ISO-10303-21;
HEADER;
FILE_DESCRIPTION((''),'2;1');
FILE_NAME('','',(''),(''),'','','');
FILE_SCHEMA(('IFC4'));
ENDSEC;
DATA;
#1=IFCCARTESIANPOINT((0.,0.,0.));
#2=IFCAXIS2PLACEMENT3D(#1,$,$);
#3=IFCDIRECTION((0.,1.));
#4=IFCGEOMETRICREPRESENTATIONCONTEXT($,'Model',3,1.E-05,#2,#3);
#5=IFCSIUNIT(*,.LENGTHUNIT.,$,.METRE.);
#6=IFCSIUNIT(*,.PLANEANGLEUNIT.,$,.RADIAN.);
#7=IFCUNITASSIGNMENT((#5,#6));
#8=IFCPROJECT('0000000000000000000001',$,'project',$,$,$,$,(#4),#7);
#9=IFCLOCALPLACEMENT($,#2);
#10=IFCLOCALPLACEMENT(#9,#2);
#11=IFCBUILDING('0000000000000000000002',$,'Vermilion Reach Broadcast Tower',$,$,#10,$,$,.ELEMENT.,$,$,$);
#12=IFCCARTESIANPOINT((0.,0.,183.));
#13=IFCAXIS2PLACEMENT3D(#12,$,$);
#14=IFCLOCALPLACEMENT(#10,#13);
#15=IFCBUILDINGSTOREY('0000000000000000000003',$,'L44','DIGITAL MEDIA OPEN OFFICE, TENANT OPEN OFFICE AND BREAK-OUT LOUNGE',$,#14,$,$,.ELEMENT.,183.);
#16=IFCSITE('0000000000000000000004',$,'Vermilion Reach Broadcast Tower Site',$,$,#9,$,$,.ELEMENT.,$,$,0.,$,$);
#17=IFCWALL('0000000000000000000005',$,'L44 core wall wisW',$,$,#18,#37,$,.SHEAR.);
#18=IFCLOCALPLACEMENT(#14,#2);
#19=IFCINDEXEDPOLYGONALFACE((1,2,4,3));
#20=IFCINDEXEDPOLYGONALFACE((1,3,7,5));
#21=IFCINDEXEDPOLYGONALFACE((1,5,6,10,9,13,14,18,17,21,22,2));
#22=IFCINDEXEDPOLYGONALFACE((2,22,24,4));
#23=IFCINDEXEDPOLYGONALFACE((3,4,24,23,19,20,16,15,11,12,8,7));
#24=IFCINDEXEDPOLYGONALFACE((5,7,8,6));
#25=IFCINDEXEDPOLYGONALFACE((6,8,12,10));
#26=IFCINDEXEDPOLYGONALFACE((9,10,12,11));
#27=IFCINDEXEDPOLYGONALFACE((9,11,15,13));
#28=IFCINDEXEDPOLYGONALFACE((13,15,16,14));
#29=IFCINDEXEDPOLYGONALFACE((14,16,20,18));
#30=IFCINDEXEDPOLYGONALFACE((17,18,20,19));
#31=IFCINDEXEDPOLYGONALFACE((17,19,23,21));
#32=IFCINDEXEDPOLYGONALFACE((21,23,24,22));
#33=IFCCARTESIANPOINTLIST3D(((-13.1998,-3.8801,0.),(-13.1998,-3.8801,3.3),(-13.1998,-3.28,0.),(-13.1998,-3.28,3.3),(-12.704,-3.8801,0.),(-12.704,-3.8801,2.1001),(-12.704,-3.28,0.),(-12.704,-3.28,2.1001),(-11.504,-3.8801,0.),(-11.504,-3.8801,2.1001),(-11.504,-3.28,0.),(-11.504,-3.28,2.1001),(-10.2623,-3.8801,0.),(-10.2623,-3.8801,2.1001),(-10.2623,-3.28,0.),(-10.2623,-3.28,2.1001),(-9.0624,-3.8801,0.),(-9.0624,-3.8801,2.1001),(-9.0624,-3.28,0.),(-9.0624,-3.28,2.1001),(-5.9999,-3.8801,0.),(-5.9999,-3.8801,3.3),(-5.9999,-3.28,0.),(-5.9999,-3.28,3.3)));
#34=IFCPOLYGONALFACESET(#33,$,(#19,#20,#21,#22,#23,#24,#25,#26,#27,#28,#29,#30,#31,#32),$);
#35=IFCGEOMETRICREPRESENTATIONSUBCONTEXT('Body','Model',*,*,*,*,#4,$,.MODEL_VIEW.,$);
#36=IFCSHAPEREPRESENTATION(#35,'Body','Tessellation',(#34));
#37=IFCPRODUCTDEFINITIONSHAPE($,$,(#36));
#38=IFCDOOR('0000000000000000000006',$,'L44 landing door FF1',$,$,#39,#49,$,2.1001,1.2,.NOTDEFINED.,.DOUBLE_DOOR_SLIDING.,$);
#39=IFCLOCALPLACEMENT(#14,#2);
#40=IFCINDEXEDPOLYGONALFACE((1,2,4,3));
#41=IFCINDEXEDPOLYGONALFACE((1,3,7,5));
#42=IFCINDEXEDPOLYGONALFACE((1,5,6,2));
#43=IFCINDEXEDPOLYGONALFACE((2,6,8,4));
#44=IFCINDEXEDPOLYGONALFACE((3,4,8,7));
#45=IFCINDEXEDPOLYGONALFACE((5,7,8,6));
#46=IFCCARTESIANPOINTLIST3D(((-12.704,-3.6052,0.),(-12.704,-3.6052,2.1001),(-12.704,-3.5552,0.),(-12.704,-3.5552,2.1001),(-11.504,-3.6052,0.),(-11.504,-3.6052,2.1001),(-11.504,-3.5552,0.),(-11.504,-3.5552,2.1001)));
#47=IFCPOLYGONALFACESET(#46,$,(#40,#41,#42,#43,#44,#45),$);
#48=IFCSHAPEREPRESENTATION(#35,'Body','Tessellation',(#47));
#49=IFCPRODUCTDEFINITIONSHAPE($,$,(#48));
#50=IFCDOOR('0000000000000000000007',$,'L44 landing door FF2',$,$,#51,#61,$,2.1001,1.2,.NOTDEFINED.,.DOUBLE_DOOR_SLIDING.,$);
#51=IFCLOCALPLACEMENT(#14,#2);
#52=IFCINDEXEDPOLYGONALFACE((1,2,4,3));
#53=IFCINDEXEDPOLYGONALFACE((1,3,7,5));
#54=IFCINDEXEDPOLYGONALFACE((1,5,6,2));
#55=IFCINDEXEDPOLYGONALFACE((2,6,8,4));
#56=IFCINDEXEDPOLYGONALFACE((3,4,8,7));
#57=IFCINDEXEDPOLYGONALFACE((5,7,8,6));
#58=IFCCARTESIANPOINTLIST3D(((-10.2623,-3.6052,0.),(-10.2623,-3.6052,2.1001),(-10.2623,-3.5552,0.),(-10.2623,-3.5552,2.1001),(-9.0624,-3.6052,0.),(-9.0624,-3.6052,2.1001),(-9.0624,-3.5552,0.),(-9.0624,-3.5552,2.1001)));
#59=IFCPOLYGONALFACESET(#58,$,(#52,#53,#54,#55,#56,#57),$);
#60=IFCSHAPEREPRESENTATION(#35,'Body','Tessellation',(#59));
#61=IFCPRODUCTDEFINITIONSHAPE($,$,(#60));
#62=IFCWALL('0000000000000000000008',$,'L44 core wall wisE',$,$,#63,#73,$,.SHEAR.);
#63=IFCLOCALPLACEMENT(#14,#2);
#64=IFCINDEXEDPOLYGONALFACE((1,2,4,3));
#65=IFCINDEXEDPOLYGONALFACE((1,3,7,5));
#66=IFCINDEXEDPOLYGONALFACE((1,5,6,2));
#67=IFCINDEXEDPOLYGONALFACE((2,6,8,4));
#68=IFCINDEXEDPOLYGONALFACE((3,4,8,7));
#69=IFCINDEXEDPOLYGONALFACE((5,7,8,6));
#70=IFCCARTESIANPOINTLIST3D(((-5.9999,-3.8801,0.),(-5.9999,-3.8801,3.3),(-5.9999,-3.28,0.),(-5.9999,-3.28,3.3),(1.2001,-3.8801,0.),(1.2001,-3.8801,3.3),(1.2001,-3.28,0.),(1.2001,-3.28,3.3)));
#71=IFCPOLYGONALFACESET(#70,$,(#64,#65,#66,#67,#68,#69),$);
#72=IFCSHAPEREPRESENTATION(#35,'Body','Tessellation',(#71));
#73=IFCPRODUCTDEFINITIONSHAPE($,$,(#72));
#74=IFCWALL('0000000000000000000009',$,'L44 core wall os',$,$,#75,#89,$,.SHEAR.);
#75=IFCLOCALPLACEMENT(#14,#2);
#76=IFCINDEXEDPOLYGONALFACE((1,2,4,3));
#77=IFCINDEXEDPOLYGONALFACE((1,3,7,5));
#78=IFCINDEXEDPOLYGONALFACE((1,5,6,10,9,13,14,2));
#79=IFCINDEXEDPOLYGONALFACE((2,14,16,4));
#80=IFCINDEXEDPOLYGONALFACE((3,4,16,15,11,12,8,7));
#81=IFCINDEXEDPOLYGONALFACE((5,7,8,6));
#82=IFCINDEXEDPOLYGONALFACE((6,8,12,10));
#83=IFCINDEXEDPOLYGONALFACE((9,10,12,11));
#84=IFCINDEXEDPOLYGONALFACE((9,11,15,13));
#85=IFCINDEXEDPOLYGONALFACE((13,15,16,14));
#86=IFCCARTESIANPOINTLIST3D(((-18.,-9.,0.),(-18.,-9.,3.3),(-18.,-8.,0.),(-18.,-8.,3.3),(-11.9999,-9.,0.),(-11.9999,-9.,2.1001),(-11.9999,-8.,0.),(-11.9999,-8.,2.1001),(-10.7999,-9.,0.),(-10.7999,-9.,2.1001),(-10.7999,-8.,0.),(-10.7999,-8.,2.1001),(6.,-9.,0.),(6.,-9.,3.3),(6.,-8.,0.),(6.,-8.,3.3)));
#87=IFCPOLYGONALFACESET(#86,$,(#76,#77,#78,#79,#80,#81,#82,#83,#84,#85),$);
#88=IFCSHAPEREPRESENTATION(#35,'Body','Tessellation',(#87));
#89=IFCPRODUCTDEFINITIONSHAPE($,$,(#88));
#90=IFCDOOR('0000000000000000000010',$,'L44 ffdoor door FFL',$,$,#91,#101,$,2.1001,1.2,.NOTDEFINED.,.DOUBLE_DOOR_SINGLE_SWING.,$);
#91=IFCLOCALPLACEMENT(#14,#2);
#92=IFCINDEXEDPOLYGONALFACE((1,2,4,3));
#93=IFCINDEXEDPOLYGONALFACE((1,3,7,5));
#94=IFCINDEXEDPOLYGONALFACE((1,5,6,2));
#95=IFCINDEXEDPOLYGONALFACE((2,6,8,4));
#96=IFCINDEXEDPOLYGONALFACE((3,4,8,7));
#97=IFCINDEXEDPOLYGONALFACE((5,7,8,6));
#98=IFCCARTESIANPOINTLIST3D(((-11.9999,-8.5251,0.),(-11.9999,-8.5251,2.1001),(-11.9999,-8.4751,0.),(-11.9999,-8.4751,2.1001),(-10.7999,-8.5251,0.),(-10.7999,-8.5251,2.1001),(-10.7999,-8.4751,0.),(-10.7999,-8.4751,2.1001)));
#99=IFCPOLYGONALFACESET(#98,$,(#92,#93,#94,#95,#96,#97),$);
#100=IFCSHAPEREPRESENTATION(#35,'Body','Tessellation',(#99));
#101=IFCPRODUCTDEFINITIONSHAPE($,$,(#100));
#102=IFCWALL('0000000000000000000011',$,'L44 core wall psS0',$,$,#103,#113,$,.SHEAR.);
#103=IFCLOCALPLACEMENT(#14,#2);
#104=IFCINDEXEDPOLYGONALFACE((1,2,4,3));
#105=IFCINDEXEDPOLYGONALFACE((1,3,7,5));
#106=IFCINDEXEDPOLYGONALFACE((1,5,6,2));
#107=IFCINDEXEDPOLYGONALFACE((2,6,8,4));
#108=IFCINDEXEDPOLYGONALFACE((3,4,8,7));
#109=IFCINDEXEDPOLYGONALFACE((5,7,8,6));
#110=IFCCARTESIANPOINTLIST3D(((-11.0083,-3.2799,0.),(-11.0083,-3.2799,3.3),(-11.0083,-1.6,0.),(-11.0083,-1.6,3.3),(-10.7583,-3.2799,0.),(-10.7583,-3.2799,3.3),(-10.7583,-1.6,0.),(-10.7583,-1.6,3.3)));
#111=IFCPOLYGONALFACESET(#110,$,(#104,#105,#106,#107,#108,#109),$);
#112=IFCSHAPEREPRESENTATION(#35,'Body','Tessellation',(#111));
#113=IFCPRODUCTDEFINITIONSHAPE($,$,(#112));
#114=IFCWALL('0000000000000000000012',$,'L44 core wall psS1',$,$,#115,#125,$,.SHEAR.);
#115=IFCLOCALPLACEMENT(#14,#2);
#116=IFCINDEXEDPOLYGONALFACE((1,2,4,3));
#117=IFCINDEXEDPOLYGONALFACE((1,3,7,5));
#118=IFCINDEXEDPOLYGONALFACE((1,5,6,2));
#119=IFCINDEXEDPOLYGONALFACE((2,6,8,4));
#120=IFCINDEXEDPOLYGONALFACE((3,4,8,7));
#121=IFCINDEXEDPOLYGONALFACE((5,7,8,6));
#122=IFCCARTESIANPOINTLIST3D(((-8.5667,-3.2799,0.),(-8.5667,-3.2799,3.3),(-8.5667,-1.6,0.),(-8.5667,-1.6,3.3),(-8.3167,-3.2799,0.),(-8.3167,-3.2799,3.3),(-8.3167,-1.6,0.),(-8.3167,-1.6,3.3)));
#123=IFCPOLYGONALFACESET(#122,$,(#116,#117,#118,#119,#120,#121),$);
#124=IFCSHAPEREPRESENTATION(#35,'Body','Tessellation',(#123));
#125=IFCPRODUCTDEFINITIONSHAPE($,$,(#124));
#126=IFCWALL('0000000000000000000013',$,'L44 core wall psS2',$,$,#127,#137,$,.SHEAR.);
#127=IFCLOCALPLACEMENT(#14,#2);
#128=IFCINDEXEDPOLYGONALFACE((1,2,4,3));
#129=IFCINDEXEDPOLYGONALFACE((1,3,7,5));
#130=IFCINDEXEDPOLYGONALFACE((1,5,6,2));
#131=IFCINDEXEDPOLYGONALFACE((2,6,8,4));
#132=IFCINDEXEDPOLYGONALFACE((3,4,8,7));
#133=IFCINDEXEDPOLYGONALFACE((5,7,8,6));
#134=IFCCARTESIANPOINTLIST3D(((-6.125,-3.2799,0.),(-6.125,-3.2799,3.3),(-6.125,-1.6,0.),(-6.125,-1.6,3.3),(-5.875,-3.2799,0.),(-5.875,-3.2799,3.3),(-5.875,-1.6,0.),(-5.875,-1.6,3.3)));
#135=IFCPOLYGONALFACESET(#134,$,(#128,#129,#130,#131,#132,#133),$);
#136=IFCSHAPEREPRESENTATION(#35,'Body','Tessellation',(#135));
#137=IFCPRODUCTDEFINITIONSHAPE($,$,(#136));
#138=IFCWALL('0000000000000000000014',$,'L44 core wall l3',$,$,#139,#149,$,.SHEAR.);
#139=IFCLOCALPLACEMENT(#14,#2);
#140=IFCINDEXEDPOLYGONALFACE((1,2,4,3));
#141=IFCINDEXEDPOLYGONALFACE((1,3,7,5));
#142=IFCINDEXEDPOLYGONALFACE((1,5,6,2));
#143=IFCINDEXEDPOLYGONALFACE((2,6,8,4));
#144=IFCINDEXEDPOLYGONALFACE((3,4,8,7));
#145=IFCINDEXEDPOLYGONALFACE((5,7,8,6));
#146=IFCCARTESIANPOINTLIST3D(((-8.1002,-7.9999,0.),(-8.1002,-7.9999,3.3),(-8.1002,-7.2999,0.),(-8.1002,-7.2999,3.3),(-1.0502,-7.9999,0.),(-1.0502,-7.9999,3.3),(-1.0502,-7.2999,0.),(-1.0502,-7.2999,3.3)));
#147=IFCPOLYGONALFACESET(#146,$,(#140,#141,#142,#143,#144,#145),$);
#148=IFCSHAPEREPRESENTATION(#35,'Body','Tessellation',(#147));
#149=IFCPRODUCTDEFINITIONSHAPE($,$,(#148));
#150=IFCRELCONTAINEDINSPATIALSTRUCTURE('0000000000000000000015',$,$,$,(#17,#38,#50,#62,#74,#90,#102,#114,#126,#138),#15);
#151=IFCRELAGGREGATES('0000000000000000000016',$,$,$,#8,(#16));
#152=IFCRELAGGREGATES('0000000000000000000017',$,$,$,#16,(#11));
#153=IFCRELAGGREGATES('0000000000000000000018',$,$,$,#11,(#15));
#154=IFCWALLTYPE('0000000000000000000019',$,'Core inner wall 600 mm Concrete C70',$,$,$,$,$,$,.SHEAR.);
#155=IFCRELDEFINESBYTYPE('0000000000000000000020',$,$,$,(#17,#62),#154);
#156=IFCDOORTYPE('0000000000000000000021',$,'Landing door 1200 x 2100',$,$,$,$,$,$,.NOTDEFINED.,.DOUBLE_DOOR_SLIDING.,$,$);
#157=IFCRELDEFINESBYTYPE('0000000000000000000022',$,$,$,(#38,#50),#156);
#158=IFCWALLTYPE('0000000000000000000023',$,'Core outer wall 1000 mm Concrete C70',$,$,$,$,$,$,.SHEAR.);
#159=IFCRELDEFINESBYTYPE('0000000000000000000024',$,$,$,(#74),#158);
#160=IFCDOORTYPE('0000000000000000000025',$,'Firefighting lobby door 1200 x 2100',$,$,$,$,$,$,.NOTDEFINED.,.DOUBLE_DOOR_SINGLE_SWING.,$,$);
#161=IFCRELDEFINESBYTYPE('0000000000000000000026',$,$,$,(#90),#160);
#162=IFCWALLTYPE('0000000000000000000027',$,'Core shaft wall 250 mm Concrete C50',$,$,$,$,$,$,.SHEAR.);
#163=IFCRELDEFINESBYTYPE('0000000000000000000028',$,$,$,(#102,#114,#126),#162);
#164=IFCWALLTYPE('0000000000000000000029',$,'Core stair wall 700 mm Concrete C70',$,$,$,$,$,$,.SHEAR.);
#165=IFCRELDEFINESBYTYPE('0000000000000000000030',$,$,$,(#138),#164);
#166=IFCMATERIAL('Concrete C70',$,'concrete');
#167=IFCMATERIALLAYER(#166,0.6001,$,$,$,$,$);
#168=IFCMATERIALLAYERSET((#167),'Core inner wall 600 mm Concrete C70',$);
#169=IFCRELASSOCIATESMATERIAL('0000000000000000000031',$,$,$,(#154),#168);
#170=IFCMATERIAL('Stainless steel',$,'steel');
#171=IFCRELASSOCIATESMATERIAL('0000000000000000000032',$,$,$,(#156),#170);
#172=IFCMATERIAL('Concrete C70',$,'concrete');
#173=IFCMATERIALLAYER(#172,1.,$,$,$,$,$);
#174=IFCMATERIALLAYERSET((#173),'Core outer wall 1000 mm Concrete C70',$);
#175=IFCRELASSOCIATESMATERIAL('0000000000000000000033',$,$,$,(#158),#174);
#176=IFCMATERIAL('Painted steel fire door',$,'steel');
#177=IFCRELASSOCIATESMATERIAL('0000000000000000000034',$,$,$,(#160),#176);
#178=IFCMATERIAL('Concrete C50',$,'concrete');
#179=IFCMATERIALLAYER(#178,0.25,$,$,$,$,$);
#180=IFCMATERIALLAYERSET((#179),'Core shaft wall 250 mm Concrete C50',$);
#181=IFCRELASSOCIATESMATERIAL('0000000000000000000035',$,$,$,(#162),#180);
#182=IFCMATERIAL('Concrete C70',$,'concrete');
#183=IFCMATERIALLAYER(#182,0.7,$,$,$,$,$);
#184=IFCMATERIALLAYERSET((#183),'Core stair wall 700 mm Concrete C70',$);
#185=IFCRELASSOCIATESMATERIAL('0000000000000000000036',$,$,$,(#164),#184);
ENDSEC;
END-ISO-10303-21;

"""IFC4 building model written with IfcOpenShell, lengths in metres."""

from ifc_helpers import new_model, si_unit, direction, frame, frame_2d, origin, place, context, subcontext, project, spatial, rectangle, extrude, material, layer, layer_set, type_object, element, fill, save


model = new_model("IFC4")

# Units and contexts
model_context = context("Model", 3, precision=1e-05, world=origin(), true_north=direction((0.0, 1.0)))
body_context = subcontext(model_context, "Body", "Model", "MODEL_VIEW")
ifc_project = project(units=[si_unit("LENGTHUNIT", "METRE"), si_unit("PLANEANGLEUNIT", "RADIAN")], contexts=[model_context])

# Site, building, storey
site_placement = place(None, origin())
site = spatial("IfcSite", under=ifc_project, at=site_placement, Name="Vermilion Reach Broadcast Tower Site", CompositionType="ELEMENT", RefElevation=0.0)
building_placement = place(site_placement, origin())
building = spatial("IfcBuilding", under=site, at=building_placement, Name="Vermilion Reach Broadcast Tower", CompositionType="ELEMENT")
storey_placement = place(building_placement, frame((0.0, 0.0, 183.0)))
storey = spatial("IfcBuildingStorey", under=building, at=storey_placement, Name="L44", Description="DIGITAL MEDIA OPEN OFFICE, TENANT OPEN OFFICE AND BREAK-OUT LOUNGE", CompositionType="ELEMENT", Elevation=183.0)

# Wall, openings, doors
ifc_material_1 = material(Name="Concrete C70", Category="concrete")
ifc_layer_1 = layer(ifc_material_1, 0.6001)
ifc_layer_set_1 = layer_set([ifc_layer_1], Name="Core inner wall 600 mm Concrete C70")
wall_type_1 = type_object("IfcWallType", Name="Core inner wall 600 mm Concrete C70", PredefinedType="SHEAR", material=ifc_layer_set_1)
wall_1_placement = place(storey_placement, frame((-13.2, -3.5801, 0.0), z_axis=(0.0, 0.0, 1.0), x_axis=(1.0, 0.0, 0.0)))
wall_1 = element("IfcWall", 1, at=wall_1_placement, inside=storey, type_object=wall_type_1, Name="L44 core wall wisW", PredefinedType="SHEAR", context=body_context, shape_type="SweptSolid", body=[
    extrude(rectangle(XDim=7.2, YDim=0.6001, at=frame_2d((3.6001, 0.0))), origin(), (0.0, 0.0, 1.0), 3.3),
])
opening_1_placement = place(wall_1_placement, frame((0.4958, 0.0, 0.0)))
opening_1 = element("IfcOpeningElement", 2, at=opening_1_placement, cuts=wall_1, PredefinedType="OPENING", context=body_context, shape_type="SweptSolid", body=[
    extrude(rectangle(XDim=1.2, YDim=2.1001, at=frame_2d((0.6001, 1.05))), frame((0.0, 0.3101, 0.0), z_axis=(0.0, -1.0, 0.0), x_axis=(1.0, 0.0, 0.0)), (0.0, 0.0, 1.0), 0.6201),
])
opening_2_placement = place(wall_1_placement, frame((2.9375, 0.0, 0.0)))
opening_2 = element("IfcOpeningElement", 3, at=opening_2_placement, cuts=wall_1, PredefinedType="OPENING", context=body_context, shape_type="SweptSolid", body=[
    extrude(rectangle(XDim=1.2, YDim=2.1001, at=frame_2d((0.6001, 1.05))), frame((0.0, 0.3101, 0.0), z_axis=(0.0, -1.0, 0.0), x_axis=(1.0, 0.0, 0.0)), (0.0, 0.0, 1.0), 0.6201),
])
ifc_material_2 = material(Name="Stainless steel", Category="steel")
door_type_1 = type_object("IfcDoorType", Name="Landing door 1200 x 2100", OperationType="DOUBLE_DOOR_SLIDING", PredefinedType="NOTDEFINED", material=ifc_material_2)
door_1_placement = place(opening_1_placement, origin())
door_1 = element("IfcDoor", 4, at=door_1_placement, inside=storey, type_object=door_type_1, Name="L44 landing door FF1", OperationType="DOUBLE_DOOR_SLIDING", OverallHeight=2.1001, OverallWidth=1.2, PredefinedType="NOTDEFINED", context=body_context, shape_type="SweptSolid", body=[
    extrude(rectangle(XDim=1.2, YDim=2.1001, at=frame_2d((0.6001, 1.05))), frame((0.0, 0.0249, 0.0), z_axis=(0.0, -1.0, 0.0), x_axis=(1.0, 0.0, 0.0)), (0.0, 0.0, 1.0), 0.05),
])
fill(opening_1, door_1)
door_2_placement = place(opening_2_placement, origin())
door_2 = element("IfcDoor", 5, at=door_2_placement, inside=storey, type_object=door_type_1, Name="L44 landing door FF2", OperationType="DOUBLE_DOOR_SLIDING", OverallHeight=2.1001, OverallWidth=1.2, PredefinedType="NOTDEFINED", context=body_context, shape_type="SweptSolid", body=[
    extrude(rectangle(XDim=1.2, YDim=2.1001, at=frame_2d((0.6001, 1.05))), frame((0.0, 0.0249, 0.0), z_axis=(0.0, -1.0, 0.0), x_axis=(1.0, 0.0, 0.0)), (0.0, 0.0, 1.0), 0.05),
])
fill(opening_2, door_2)

# Wall
wall_2_placement = place(storey_placement, frame((-6.0, -3.5801, 0.0), z_axis=(0.0, 0.0, 1.0), x_axis=(1.0, 0.0, 0.0)))
element("IfcWall", 6, at=wall_2_placement, inside=storey, type_object=wall_type_1, Name="L44 core wall wisE", PredefinedType="SHEAR", context=body_context, shape_type="SweptSolid", body=[
    extrude(rectangle(XDim=7.2, YDim=0.6001, at=frame_2d((3.6001, 0.0))), origin(), (0.0, 0.0, 1.0), 3.3),
])

# Wall, opening, door
ifc_material_3 = material(Name="Concrete C70", Category="concrete")
ifc_layer_2 = layer(ifc_material_3, 1.0)
ifc_layer_set_2 = layer_set([ifc_layer_2], Name="Core outer wall 1000 mm Concrete C70")
wall_type_2 = type_object("IfcWallType", Name="Core outer wall 1000 mm Concrete C70", PredefinedType="SHEAR", material=ifc_layer_set_2)
wall_3_placement = place(storey_placement, frame((-18.0, -8.5, 0.0), z_axis=(0.0, 0.0, 1.0), x_axis=(1.0, 0.0, 0.0)))
wall_3 = element("IfcWall", 7, at=wall_3_placement, inside=storey, type_object=wall_type_2, Name="L44 core wall os", PredefinedType="SHEAR", context=body_context, shape_type="SweptSolid", body=[
    extrude(rectangle(XDim=24.0, YDim=1.0, at=frame_2d((12.0, 0.0))), origin(), (0.0, 0.0, 1.0), 3.3),
])
opening_3_placement = place(wall_3_placement, frame((6.0, 0.0, 0.0)))
opening_3 = element("IfcOpeningElement", 8, at=opening_3_placement, cuts=wall_3, PredefinedType="OPENING", context=body_context, shape_type="SweptSolid", body=[
    extrude(rectangle(XDim=1.2, YDim=2.1001, at=frame_2d((0.6001, 1.05))), frame((0.0, 0.51, 0.0), z_axis=(0.0, -1.0, 0.0), x_axis=(1.0, 0.0, 0.0)), (0.0, 0.0, 1.0), 1.02),
])
ifc_material_4 = material(Name="Painted steel fire door", Category="steel")
door_type_2 = type_object("IfcDoorType", Name="Firefighting lobby door 1200 x 2100", OperationType="DOUBLE_DOOR_SINGLE_SWING", PredefinedType="NOTDEFINED", material=ifc_material_4)
door_3_placement = place(opening_3_placement, origin())
door_3 = element("IfcDoor", 9, at=door_3_placement, inside=storey, type_object=door_type_2, Name="L44 ffdoor door FFL", OperationType="DOUBLE_DOOR_SINGLE_SWING", OverallHeight=2.1001, OverallWidth=1.2, PredefinedType="NOTDEFINED", context=body_context, shape_type="SweptSolid", body=[
    extrude(rectangle(XDim=1.2, YDim=2.1001, at=frame_2d((0.6001, 1.05))), frame((0.0, 0.0249, 0.0), z_axis=(0.0, -1.0, 0.0), x_axis=(1.0, 0.0, 0.0)), (0.0, 0.0, 1.0), 0.05),
])
fill(opening_3, door_3)

# Walls
ifc_material_5 = material(Name="Concrete C50", Category="concrete")
ifc_layer_3 = layer(ifc_material_5, 0.25)
ifc_layer_set_3 = layer_set([ifc_layer_3], Name="Core shaft wall 250 mm Concrete C50")
wall_type_3 = type_object("IfcWallType", Name="Core shaft wall 250 mm Concrete C50", PredefinedType="SHEAR", material=ifc_layer_set_3)
for number, where, z_axis, x_axis, name in (
    (10, (-10.8833, -1.6001, 0.0), (0.0, 0.0, 1.0), (0.0, -1.0, 0.0), "L44 core wall psS0"),
    (11, (-8.4417, -1.6001, 0.0), (0.0, 0.0, 1.0), (0.0, -1.0, 0.0), "L44 core wall psS1"),
    (12, (-6.0, -1.6001, 0.0), (0.0, 0.0, 1.0), (0.0, -1.0, 0.0), "L44 core wall psS2"),
):
    element("IfcWall", number, at=place(storey_placement, frame(where, z_axis=z_axis, x_axis=x_axis)), inside=storey, type_object=wall_type_3, Name=name, PredefinedType="SHEAR", context=body_context, shape_type="SweptSolid", body=[
        extrude(rectangle(XDim=1.6799, YDim=0.25, at=frame_2d((0.8398, 0.0))), origin(), (0.0, 0.0, 1.0), 3.3),
    ])
ifc_material_6 = material(Name="Concrete C70", Category="concrete")
ifc_layer_4 = layer(ifc_material_6, 0.7)
ifc_layer_set_4 = layer_set([ifc_layer_4], Name="Core stair wall 700 mm Concrete C70")
wall_type_4 = type_object("IfcWallType", Name="Core stair wall 700 mm Concrete C70", PredefinedType="SHEAR", material=ifc_layer_set_4)
wall_4_placement = place(storey_placement, frame((-8.1001, -7.6499, 0.0), z_axis=(0.0, 0.0, 1.0), x_axis=(1.0, 0.0, 0.0)))
element("IfcWall", 13, at=wall_4_placement, inside=storey, type_object=wall_type_4, Name="L44 core wall l3", PredefinedType="SHEAR", context=body_context, shape_type="SweptSolid", body=[
    extrude(rectangle(XDim=7.05, YDim=0.7, at=frame_2d((3.5249, 0.0))), origin(), (0.0, 0.0, 1.0), 3.3),
])

save(model, "model.ifc")
